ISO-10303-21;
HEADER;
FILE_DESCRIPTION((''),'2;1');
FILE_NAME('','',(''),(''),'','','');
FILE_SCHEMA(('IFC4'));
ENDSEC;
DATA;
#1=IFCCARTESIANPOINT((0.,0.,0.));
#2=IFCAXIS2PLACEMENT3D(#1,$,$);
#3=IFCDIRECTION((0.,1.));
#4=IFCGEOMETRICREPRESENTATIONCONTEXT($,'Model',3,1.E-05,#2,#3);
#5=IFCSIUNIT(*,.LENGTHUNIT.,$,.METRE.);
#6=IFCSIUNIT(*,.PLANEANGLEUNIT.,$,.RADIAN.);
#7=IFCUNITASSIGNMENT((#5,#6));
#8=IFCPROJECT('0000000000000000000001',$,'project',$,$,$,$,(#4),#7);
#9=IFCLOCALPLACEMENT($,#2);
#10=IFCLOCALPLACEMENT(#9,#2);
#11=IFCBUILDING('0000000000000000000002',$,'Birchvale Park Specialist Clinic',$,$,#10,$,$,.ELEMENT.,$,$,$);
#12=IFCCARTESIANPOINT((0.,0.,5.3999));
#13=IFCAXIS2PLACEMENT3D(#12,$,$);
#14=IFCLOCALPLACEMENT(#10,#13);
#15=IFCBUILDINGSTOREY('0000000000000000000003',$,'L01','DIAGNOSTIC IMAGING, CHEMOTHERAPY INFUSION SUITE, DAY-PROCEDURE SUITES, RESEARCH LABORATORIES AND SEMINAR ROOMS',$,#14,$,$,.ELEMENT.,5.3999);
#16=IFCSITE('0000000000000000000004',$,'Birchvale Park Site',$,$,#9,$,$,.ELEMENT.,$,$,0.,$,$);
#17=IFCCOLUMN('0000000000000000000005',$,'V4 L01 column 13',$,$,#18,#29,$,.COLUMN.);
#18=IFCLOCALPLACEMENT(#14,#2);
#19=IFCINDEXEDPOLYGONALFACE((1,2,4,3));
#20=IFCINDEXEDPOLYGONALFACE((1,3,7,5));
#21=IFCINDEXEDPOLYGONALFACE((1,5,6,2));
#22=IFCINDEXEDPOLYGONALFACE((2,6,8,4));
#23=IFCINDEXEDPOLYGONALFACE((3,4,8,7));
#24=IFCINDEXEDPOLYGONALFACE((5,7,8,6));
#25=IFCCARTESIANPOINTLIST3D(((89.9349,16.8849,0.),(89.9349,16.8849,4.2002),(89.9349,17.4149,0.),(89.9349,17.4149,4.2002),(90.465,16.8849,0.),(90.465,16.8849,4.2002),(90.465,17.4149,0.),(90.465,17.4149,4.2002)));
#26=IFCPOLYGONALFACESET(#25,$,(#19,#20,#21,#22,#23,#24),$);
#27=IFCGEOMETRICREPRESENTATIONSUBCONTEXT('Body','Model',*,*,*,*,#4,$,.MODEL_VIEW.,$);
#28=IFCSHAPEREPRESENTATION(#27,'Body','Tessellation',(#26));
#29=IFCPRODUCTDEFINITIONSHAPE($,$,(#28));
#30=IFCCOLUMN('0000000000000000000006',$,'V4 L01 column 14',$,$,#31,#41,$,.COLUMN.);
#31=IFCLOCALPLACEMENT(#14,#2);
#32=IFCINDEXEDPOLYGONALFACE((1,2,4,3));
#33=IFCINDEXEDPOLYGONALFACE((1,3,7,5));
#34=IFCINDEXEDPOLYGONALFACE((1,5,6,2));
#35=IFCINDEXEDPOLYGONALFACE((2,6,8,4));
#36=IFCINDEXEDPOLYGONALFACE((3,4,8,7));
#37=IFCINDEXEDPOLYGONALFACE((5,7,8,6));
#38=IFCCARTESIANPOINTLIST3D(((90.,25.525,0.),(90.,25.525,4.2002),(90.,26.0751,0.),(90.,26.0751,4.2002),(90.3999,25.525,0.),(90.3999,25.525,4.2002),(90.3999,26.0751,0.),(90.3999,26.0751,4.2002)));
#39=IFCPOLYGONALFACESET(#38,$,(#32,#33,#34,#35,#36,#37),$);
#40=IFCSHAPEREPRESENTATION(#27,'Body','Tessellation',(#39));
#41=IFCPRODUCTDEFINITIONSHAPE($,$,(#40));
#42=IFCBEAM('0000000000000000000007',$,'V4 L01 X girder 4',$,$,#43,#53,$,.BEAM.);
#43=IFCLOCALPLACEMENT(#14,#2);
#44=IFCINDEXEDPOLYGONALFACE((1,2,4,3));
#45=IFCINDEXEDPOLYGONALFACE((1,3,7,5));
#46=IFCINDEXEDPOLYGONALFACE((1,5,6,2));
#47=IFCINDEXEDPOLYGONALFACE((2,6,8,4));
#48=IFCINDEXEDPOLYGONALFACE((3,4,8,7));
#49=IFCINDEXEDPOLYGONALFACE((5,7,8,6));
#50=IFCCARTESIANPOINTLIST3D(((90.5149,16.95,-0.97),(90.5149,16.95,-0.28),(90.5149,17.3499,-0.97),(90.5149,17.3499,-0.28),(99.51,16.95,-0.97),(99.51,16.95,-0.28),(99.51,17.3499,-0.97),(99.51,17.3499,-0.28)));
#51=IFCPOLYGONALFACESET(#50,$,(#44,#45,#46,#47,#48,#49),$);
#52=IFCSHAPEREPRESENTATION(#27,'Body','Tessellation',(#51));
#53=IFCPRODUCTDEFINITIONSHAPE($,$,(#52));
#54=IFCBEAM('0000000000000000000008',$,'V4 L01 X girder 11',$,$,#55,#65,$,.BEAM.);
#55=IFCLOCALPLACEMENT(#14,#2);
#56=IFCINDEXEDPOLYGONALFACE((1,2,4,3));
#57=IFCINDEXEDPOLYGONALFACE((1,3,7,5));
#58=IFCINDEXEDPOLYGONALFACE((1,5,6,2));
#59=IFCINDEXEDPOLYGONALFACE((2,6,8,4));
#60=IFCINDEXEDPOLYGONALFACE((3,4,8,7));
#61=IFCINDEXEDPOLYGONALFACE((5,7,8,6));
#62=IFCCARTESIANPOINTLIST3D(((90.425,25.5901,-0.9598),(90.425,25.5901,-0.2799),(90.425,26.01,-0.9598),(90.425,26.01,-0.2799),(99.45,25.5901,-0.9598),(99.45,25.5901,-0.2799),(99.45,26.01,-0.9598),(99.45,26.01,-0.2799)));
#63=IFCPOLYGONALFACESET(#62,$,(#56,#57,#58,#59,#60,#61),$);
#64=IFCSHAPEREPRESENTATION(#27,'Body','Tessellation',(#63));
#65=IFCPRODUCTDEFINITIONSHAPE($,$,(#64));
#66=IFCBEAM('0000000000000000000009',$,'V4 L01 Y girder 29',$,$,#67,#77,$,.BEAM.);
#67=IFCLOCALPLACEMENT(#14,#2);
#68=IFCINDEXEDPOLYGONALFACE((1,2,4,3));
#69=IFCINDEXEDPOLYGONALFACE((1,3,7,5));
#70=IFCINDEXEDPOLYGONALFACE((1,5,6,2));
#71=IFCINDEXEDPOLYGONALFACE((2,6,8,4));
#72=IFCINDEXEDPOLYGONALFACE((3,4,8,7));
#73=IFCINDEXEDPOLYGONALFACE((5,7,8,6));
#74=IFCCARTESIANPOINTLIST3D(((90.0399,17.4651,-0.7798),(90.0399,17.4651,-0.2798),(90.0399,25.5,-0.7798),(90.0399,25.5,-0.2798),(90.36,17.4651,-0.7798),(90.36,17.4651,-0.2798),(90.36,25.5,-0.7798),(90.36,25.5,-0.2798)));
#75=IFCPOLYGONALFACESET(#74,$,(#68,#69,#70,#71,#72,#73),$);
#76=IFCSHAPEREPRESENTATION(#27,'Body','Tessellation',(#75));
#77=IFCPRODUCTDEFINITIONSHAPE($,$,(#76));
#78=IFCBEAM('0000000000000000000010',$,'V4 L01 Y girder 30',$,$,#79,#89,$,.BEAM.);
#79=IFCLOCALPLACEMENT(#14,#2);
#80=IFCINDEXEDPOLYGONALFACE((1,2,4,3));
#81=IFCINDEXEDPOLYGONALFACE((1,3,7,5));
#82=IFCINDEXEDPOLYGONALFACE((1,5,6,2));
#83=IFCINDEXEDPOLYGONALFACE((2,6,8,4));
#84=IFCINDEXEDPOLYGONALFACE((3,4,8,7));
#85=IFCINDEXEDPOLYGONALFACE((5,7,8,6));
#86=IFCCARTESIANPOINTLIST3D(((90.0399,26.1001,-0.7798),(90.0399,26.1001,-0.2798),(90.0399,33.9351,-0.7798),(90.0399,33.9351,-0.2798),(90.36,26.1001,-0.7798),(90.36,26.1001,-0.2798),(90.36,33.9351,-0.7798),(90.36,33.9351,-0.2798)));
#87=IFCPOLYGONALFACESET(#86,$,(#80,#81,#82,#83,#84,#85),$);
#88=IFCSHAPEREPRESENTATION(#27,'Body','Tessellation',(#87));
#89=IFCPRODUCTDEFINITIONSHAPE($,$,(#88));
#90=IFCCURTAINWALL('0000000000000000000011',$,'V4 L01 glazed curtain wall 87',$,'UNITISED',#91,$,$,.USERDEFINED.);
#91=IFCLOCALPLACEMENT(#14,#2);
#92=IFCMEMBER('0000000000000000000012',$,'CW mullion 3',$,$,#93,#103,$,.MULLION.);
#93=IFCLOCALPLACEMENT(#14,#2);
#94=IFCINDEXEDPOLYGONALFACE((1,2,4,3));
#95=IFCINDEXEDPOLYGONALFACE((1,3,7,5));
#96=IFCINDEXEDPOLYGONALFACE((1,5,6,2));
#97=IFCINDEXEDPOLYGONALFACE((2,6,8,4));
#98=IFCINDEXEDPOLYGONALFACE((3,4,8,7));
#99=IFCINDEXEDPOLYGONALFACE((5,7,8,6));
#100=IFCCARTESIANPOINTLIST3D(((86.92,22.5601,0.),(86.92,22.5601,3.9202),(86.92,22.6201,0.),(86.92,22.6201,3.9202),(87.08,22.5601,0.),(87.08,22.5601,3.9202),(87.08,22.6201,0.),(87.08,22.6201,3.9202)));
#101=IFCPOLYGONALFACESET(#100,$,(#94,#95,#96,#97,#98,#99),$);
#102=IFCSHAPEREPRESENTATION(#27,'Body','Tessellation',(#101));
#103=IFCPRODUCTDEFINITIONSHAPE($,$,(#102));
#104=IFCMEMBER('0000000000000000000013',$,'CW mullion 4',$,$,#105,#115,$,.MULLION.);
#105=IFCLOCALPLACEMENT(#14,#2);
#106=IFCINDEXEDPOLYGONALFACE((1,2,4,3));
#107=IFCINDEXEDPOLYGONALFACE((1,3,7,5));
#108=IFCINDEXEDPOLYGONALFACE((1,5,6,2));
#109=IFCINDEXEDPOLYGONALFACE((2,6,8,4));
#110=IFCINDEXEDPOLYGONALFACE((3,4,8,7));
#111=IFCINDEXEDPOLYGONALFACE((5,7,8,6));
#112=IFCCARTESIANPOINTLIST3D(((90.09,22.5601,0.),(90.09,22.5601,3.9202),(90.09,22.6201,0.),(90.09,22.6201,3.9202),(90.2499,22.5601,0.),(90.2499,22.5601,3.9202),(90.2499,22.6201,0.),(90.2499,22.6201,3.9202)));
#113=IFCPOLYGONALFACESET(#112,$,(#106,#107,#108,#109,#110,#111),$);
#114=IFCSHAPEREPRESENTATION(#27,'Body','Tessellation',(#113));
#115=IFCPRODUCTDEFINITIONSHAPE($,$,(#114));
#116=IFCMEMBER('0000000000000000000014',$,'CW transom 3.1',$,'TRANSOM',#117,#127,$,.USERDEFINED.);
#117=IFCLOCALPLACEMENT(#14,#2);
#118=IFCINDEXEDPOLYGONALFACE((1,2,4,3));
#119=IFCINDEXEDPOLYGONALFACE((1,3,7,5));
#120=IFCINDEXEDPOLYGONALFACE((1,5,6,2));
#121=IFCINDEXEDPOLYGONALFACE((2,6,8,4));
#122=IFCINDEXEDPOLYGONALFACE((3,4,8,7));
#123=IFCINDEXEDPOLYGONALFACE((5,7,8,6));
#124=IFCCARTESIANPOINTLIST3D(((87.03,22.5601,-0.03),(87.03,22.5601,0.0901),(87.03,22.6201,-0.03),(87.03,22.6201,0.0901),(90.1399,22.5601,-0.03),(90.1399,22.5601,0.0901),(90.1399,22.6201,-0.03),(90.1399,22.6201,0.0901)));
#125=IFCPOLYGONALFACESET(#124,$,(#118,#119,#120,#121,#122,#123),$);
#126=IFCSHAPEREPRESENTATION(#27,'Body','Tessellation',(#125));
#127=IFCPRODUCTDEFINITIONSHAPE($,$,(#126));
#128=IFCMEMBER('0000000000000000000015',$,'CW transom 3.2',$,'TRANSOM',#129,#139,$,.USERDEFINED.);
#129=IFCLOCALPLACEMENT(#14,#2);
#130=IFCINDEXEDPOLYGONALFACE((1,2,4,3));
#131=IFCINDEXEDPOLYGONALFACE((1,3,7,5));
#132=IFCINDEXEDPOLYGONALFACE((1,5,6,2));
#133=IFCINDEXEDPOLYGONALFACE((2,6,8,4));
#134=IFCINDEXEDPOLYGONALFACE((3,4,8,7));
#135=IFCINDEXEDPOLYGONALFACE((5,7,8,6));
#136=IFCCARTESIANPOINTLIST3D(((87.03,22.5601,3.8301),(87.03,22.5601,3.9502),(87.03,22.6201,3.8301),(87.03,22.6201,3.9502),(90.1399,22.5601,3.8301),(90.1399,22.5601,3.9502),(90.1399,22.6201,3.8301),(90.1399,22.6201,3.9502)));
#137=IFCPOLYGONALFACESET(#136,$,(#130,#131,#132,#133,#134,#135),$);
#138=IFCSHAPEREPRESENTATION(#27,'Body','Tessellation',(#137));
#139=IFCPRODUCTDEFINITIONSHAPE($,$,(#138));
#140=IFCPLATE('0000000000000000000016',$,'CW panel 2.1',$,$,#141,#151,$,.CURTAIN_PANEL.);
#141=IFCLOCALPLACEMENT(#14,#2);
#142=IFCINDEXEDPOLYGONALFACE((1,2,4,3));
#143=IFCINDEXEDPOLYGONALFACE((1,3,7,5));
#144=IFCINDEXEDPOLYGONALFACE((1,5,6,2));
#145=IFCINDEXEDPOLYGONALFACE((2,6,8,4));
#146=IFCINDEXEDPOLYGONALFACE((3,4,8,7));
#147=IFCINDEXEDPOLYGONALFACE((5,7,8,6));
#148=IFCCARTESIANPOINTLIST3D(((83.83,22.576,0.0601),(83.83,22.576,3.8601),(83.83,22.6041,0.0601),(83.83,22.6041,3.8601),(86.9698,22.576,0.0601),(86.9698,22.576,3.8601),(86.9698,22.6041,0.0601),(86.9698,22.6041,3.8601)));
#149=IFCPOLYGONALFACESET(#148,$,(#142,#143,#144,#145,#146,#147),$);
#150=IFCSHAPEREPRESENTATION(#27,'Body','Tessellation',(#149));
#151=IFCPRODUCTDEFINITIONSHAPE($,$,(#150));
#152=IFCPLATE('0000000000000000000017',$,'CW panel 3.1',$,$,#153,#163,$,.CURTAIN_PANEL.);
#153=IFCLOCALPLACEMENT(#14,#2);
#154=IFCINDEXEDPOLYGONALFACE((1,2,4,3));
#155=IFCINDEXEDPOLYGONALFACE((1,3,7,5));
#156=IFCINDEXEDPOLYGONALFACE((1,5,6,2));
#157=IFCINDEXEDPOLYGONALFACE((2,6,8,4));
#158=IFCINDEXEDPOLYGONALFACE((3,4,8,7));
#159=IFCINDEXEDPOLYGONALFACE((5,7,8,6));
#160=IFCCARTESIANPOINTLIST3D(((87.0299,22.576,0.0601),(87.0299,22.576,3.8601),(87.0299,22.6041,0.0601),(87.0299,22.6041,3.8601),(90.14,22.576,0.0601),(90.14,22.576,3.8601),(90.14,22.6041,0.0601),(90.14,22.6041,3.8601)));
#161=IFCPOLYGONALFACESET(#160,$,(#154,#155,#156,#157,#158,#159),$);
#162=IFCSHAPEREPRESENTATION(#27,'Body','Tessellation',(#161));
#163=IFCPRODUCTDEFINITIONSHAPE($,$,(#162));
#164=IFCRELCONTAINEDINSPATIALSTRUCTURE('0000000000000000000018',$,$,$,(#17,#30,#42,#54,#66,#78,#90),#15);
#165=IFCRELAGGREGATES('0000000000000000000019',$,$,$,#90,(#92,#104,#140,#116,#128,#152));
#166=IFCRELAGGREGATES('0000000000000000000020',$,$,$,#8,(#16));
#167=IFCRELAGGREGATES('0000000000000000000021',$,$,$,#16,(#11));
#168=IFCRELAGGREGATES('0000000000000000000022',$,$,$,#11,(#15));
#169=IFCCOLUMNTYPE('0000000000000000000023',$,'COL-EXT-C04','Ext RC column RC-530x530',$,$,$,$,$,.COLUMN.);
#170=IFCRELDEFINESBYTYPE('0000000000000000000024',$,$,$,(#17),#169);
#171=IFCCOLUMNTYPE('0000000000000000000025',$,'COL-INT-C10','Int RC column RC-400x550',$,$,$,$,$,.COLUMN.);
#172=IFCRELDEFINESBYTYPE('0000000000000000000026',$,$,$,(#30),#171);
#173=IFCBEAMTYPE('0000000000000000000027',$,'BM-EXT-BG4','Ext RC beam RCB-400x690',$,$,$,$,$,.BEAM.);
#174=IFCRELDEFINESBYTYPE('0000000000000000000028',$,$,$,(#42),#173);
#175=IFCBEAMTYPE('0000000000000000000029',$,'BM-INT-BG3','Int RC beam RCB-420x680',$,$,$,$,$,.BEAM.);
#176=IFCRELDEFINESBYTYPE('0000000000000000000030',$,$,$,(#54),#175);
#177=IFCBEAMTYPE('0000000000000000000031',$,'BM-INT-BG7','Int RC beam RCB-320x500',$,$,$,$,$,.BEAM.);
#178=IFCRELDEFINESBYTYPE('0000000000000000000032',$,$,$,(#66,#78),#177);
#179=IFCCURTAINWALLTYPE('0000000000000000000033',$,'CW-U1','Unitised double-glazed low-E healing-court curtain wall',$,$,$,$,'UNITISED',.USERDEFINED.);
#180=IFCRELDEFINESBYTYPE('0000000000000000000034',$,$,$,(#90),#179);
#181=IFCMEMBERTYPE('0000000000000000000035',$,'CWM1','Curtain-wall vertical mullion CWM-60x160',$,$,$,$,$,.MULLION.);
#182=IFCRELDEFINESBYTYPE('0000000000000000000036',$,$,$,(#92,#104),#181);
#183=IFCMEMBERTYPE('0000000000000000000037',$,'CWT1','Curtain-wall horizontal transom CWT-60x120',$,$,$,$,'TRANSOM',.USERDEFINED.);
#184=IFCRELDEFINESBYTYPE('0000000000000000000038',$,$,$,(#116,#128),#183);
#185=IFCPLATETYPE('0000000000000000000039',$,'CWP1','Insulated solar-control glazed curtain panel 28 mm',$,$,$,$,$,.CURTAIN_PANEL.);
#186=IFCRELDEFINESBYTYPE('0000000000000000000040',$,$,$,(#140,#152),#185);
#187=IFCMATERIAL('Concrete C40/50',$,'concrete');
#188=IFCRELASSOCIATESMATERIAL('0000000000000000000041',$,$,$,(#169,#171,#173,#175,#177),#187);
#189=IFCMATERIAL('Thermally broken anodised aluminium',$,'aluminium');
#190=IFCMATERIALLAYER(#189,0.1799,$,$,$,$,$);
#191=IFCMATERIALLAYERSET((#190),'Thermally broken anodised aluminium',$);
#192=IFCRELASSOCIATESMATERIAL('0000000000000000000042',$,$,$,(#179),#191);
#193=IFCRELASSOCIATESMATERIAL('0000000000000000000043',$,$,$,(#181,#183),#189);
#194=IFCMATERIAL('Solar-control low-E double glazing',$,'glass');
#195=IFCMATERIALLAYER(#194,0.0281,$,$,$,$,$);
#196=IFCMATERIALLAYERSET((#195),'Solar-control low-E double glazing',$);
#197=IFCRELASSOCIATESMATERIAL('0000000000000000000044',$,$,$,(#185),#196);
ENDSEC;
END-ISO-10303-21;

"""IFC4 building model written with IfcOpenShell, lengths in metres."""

from ifc_helpers import new_model, si_unit, direction, frame, origin, origin_2d, place, context, subcontext, project, spatial, rectangle, extrude, material, layer, layer_set, material_profile, profile_set, type_object, element, aggregate, save


model = new_model("IFC4")

# Units and contexts
model_context = context("Model", 3, precision=1e-05, world=origin(), true_north=direction((0.0, 1.0)))
body_context = subcontext(model_context, "Body", "Model", "MODEL_VIEW")
ifc_project = project(units=[si_unit("LENGTHUNIT", "METRE"), si_unit("PLANEANGLEUNIT", "RADIAN")], contexts=[model_context])

# Site, building, storey
site_placement = place(None, origin())
site = spatial("IfcSite", under=ifc_project, at=site_placement, Name="Birchvale Park Site", CompositionType="ELEMENT", RefElevation=0.0)
building_placement = place(site_placement, origin())
building = spatial("IfcBuilding", under=site, at=building_placement, Name="Birchvale Park Specialist Clinic", CompositionType="ELEMENT")
storey_placement = place(building_placement, frame((0.0, 0.0, 5.3999)))
storey = spatial("IfcBuildingStorey", under=building, at=storey_placement, Name="L01", Description="DIAGNOSTIC IMAGING, CHEMOTHERAPY INFUSION SUITE, DAY-PROCEDURE SUITES, RESEARCH LABORATORIES AND SEMINAR ROOMS", CompositionType="ELEMENT", Elevation=5.3999)

# Columns
ifc_material_1 = material(Name="Concrete C40/50", Category="concrete")
ifc_material_profile_1 = material_profile(ifc_material_1, rectangle(XDim=0.53, YDim=0.53, at=origin_2d()), Name="RC-530x530")
ifc_profile_set_1 = profile_set([ifc_material_profile_1], Name="Concrete C40/50")
column_type_1 = type_object("IfcColumnType", Name="COL-EXT-C04", Description="Ext RC column RC-530x530", PredefinedType="COLUMN", material=ifc_profile_set_1)
column_1_placement = place(storey_placement, frame((90.2, 17.1499, 0.0), z_axis=(0.0, 0.0, 1.0), x_axis=(1.0, 0.0, 0.0)))
element("IfcColumn", 1, at=column_1_placement, inside=storey, type_object=column_type_1, Name="V4 L01 column 13", PredefinedType="COLUMN", context=body_context, shape_type="SweptSolid", body=[
    extrude(rectangle(XDim=0.53, YDim=0.53, at=origin_2d()), origin(), (0.0, 0.0, 1.0), 4.2002),
])
ifc_material_profile_2 = material_profile(ifc_material_1, rectangle(XDim=0.3999, YDim=0.55, at=origin_2d()), Name="RC-400x550")
ifc_profile_set_2 = profile_set([ifc_material_profile_2], Name="Concrete C40/50")
column_type_2 = type_object("IfcColumnType", Name="COL-INT-C10", Description="Int RC column RC-400x550", PredefinedType="COLUMN", material=ifc_profile_set_2)
column_2_placement = place(storey_placement, frame((90.2, 25.8, 0.0), z_axis=(0.0, 0.0, 1.0), x_axis=(1.0, 0.0, 0.0)))
element("IfcColumn", 2, at=column_2_placement, inside=storey, type_object=column_type_2, Name="V4 L01 column 14", PredefinedType="COLUMN", context=body_context, shape_type="SweptSolid", body=[
    extrude(rectangle(XDim=0.3999, YDim=0.55, at=origin_2d()), origin(), (0.0, 0.0, 1.0), 4.2002),
])

# Beams
ifc_material_profile_3 = material_profile(ifc_material_1, rectangle(XDim=0.3999, YDim=0.6899, at=origin_2d()), Name="RCB-400x690")
ifc_profile_set_3 = profile_set([ifc_material_profile_3], Name="Concrete C40/50")
beam_type_1 = type_object("IfcBeamType", Name="BM-EXT-BG4", Description="Ext RC beam RCB-400x690", PredefinedType="BEAM", material=ifc_profile_set_3)
beam_1_placement = place(storey_placement, frame((90.5149, 17.1499, -0.625), z_axis=(1.0, 0.0, 0.0), x_axis=(0.0, 1.0, 0.0)))
element("IfcBeam", 3, at=beam_1_placement, inside=storey, type_object=beam_type_1, Name="V4 L01 X girder 4", PredefinedType="BEAM", context=body_context, shape_type="SweptSolid", body=[
    extrude(rectangle(XDim=0.3999, YDim=0.6899, at=origin_2d()), origin(), (0.0, 0.0, 1.0), 8.9951),
])
ifc_material_profile_4 = material_profile(ifc_material_1, rectangle(XDim=0.4199, YDim=0.6799, at=origin_2d()), Name="RCB-420x680")
ifc_profile_set_4 = profile_set([ifc_material_profile_4], Name="Concrete C40/50")
beam_type_2 = type_object("IfcBeamType", Name="BM-INT-BG3", Description="Int RC beam RCB-420x680", PredefinedType="BEAM", material=ifc_profile_set_4)
beam_2_placement = place(storey_placement, frame((90.425, 25.8, -0.6199), z_axis=(1.0, 0.0, 0.0), x_axis=(0.0, 1.0, 0.0)))
element("IfcBeam", 4, at=beam_2_placement, inside=storey, type_object=beam_type_2, Name="V4 L01 X girder 11", PredefinedType="BEAM", context=body_context, shape_type="SweptSolid", body=[
    extrude(rectangle(XDim=0.4199, YDim=0.6799, at=origin_2d()), origin(), (0.0, 0.0, 1.0), 9.0249),
])
ifc_material_profile_5 = material_profile(ifc_material_1, rectangle(XDim=0.3201, YDim=0.5, at=origin_2d()), Name="RCB-320x500")
ifc_profile_set_5 = profile_set([ifc_material_profile_5], Name="Concrete C40/50")
beam_type_3 = type_object("IfcBeamType", Name="BM-INT-BG7", Description="Int RC beam RCB-320x500", PredefinedType="BEAM", material=ifc_profile_set_5)
beam_3_placement = place(storey_placement, frame((90.2, 17.4651, -0.5298), z_axis=(0.0, 1.0, 0.0), x_axis=(-1.0, 0.0, 0.0)))
element("IfcBeam", 5, at=beam_3_placement, inside=storey, type_object=beam_type_3, Name="V4 L01 Y girder 29", PredefinedType="BEAM", context=body_context, shape_type="SweptSolid", body=[
    extrude(rectangle(XDim=0.3201, YDim=0.5, at=origin_2d()), origin(), (0.0, 0.0, 1.0), 8.0349),
])
beam_4_placement = place(storey_placement, frame((90.2, 26.1001, -0.5298), z_axis=(0.0, 1.0, 0.0), x_axis=(-1.0, 0.0, 0.0)))
element("IfcBeam", 6, at=beam_4_placement, inside=storey, type_object=beam_type_3, Name="V4 L01 Y girder 30", PredefinedType="BEAM", context=body_context, shape_type="SweptSolid", body=[
    extrude(rectangle(XDim=0.3201, YDim=0.5, at=origin_2d()), origin(), (0.0, 0.0, 1.0), 7.835),
])

# Curtain wall, members, plates
ifc_material_2 = material(Name="Thermally broken anodised aluminium", Category="aluminium")
ifc_layer_1 = layer(ifc_material_2, 0.1799)
ifc_layer_set_1 = layer_set([ifc_layer_1], Name="Thermally broken anodised aluminium")
curtain_wall_type = type_object("IfcCurtainWallType", Name="CW-U1", Description="Unitised double-glazed low-E healing-court curtain wall", ElementType="UNITISED", PredefinedType="USERDEFINED", material=ifc_layer_set_1)
curtain_wall_placement = place(storey_placement, origin())
curtain_wall = element("IfcCurtainWall", 7, at=curtain_wall_placement, inside=storey, type_object=curtain_wall_type, Name="V4 L01 glazed curtain wall 87", ObjectType="UNITISED", PredefinedType="USERDEFINED")
ifc_material_profile_6 = material_profile(ifc_material_2, rectangle(XDim=0.0601, YDim=0.1599, at=origin_2d()), Name="CWM-60x160")
ifc_profile_set_6 = profile_set([ifc_material_profile_6], Name="Thermally broken anodised aluminium")
member_type_1 = type_object("IfcMemberType", Name="CWM1", Description="Curtain-wall vertical mullion CWM-60x160", PredefinedType="MULLION", material=ifc_profile_set_6)
member_1_placement = place(storey_placement, frame((87.0, 22.5901, 0.0), z_axis=(0.0, 0.0, 1.0), x_axis=(0.0, 1.0, 0.0)))
member_1 = element("IfcMember", 8, at=member_1_placement, type_object=member_type_1, Name="CW mullion 3", PredefinedType="MULLION", context=body_context, shape_type="SweptSolid", body=[
    extrude(rectangle(XDim=0.0601, YDim=0.1599, at=origin_2d()), origin(), (0.0, 0.0, 1.0), 3.9202),
])
member_2_placement = place(storey_placement, frame((90.1699, 22.5901, 0.0), z_axis=(0.0, 0.0, 1.0), x_axis=(0.0, 1.0, 0.0)))
member_2 = element("IfcMember", 9, at=member_2_placement, type_object=member_type_1, Name="CW mullion 4", PredefinedType="MULLION", context=body_context, shape_type="SweptSolid", body=[
    extrude(rectangle(XDim=0.0601, YDim=0.1599, at=origin_2d()), origin(), (0.0, 0.0, 1.0), 3.9202),
])
ifc_material_profile_7 = material_profile(ifc_material_2, rectangle(XDim=0.0601, YDim=0.1201, at=origin_2d()), Name="CWT-60x120")
ifc_profile_set_7 = profile_set([ifc_material_profile_7], Name="Thermally broken anodised aluminium")
member_type_2 = type_object("IfcMemberType", Name="CWT1", Description="Curtain-wall horizontal transom CWT-60x120", ElementType="TRANSOM", PredefinedType="USERDEFINED", material=ifc_profile_set_7)
member_3_placement = place(storey_placement, frame((87.03, 22.5901, 0.03), z_axis=(1.0, 0.0, 0.0), x_axis=(0.0, 1.0, 0.0)))
member_3 = element("IfcMember", 10, at=member_3_placement, type_object=member_type_2, Name="CW transom 3.1", ObjectType="TRANSOM", PredefinedType="USERDEFINED", context=body_context, shape_type="SweptSolid", body=[
    extrude(rectangle(XDim=0.0601, YDim=0.1201, at=origin_2d()), origin(), (0.0, 0.0, 1.0), 3.1099),
])
member_4_placement = place(storey_placement, frame((87.03, 22.5901, 3.8901), z_axis=(1.0, 0.0, 0.0), x_axis=(0.0, 1.0, 0.0)))
member_4 = element("IfcMember", 11, at=member_4_placement, type_object=member_type_2, Name="CW transom 3.2", ObjectType="TRANSOM", PredefinedType="USERDEFINED", context=body_context, shape_type="SweptSolid", body=[
    extrude(rectangle(XDim=0.0601, YDim=0.1201, at=origin_2d()), origin(), (0.0, 0.0, 1.0), 3.1099),
])
ifc_material_3 = material(Name="Solar-control low-E double glazing", Category="glass")
ifc_layer_2 = layer(ifc_material_3, 0.0281)
ifc_layer_set_2 = layer_set([ifc_layer_2], Name="Solar-control low-E double glazing")
plate_type = type_object("IfcPlateType", Name="CWP1", Description="Insulated solar-control glazed curtain panel 28 mm", PredefinedType="CURTAIN_PANEL", material=ifc_layer_set_2)
plate_1_placement = place(storey_placement, frame((85.3999, 22.5901, 0.0601), z_axis=(0.0, 0.0, 1.0), x_axis=(1.0, 0.0, 0.0)))
plate_1 = element("IfcPlate", 12, at=plate_1_placement, type_object=plate_type, Name="CW panel 2.1", PredefinedType="CURTAIN_PANEL", context=body_context, shape_type="SweptSolid", body=[
    extrude(rectangle(XDim=3.1399, YDim=0.0281, at=origin_2d()), origin(), (0.0, 0.0, 1.0), 3.8),
])
plate_2_placement = place(storey_placement, frame((88.585, 22.5901, 0.0601), z_axis=(0.0, 0.0, 1.0), x_axis=(1.0, 0.0, 0.0)))
plate_2 = element("IfcPlate", 13, at=plate_2_placement, type_object=plate_type, Name="CW panel 3.1", PredefinedType="CURTAIN_PANEL", context=body_context, shape_type="SweptSolid", body=[
    extrude(rectangle(XDim=3.1101, YDim=0.0281, at=origin_2d()), origin(), (0.0, 0.0, 1.0), 3.8),
])
aggregate(curtain_wall, [member_1, member_2, plate_1, member_3, member_4, plate_2])

save(model, "model.ifc")
